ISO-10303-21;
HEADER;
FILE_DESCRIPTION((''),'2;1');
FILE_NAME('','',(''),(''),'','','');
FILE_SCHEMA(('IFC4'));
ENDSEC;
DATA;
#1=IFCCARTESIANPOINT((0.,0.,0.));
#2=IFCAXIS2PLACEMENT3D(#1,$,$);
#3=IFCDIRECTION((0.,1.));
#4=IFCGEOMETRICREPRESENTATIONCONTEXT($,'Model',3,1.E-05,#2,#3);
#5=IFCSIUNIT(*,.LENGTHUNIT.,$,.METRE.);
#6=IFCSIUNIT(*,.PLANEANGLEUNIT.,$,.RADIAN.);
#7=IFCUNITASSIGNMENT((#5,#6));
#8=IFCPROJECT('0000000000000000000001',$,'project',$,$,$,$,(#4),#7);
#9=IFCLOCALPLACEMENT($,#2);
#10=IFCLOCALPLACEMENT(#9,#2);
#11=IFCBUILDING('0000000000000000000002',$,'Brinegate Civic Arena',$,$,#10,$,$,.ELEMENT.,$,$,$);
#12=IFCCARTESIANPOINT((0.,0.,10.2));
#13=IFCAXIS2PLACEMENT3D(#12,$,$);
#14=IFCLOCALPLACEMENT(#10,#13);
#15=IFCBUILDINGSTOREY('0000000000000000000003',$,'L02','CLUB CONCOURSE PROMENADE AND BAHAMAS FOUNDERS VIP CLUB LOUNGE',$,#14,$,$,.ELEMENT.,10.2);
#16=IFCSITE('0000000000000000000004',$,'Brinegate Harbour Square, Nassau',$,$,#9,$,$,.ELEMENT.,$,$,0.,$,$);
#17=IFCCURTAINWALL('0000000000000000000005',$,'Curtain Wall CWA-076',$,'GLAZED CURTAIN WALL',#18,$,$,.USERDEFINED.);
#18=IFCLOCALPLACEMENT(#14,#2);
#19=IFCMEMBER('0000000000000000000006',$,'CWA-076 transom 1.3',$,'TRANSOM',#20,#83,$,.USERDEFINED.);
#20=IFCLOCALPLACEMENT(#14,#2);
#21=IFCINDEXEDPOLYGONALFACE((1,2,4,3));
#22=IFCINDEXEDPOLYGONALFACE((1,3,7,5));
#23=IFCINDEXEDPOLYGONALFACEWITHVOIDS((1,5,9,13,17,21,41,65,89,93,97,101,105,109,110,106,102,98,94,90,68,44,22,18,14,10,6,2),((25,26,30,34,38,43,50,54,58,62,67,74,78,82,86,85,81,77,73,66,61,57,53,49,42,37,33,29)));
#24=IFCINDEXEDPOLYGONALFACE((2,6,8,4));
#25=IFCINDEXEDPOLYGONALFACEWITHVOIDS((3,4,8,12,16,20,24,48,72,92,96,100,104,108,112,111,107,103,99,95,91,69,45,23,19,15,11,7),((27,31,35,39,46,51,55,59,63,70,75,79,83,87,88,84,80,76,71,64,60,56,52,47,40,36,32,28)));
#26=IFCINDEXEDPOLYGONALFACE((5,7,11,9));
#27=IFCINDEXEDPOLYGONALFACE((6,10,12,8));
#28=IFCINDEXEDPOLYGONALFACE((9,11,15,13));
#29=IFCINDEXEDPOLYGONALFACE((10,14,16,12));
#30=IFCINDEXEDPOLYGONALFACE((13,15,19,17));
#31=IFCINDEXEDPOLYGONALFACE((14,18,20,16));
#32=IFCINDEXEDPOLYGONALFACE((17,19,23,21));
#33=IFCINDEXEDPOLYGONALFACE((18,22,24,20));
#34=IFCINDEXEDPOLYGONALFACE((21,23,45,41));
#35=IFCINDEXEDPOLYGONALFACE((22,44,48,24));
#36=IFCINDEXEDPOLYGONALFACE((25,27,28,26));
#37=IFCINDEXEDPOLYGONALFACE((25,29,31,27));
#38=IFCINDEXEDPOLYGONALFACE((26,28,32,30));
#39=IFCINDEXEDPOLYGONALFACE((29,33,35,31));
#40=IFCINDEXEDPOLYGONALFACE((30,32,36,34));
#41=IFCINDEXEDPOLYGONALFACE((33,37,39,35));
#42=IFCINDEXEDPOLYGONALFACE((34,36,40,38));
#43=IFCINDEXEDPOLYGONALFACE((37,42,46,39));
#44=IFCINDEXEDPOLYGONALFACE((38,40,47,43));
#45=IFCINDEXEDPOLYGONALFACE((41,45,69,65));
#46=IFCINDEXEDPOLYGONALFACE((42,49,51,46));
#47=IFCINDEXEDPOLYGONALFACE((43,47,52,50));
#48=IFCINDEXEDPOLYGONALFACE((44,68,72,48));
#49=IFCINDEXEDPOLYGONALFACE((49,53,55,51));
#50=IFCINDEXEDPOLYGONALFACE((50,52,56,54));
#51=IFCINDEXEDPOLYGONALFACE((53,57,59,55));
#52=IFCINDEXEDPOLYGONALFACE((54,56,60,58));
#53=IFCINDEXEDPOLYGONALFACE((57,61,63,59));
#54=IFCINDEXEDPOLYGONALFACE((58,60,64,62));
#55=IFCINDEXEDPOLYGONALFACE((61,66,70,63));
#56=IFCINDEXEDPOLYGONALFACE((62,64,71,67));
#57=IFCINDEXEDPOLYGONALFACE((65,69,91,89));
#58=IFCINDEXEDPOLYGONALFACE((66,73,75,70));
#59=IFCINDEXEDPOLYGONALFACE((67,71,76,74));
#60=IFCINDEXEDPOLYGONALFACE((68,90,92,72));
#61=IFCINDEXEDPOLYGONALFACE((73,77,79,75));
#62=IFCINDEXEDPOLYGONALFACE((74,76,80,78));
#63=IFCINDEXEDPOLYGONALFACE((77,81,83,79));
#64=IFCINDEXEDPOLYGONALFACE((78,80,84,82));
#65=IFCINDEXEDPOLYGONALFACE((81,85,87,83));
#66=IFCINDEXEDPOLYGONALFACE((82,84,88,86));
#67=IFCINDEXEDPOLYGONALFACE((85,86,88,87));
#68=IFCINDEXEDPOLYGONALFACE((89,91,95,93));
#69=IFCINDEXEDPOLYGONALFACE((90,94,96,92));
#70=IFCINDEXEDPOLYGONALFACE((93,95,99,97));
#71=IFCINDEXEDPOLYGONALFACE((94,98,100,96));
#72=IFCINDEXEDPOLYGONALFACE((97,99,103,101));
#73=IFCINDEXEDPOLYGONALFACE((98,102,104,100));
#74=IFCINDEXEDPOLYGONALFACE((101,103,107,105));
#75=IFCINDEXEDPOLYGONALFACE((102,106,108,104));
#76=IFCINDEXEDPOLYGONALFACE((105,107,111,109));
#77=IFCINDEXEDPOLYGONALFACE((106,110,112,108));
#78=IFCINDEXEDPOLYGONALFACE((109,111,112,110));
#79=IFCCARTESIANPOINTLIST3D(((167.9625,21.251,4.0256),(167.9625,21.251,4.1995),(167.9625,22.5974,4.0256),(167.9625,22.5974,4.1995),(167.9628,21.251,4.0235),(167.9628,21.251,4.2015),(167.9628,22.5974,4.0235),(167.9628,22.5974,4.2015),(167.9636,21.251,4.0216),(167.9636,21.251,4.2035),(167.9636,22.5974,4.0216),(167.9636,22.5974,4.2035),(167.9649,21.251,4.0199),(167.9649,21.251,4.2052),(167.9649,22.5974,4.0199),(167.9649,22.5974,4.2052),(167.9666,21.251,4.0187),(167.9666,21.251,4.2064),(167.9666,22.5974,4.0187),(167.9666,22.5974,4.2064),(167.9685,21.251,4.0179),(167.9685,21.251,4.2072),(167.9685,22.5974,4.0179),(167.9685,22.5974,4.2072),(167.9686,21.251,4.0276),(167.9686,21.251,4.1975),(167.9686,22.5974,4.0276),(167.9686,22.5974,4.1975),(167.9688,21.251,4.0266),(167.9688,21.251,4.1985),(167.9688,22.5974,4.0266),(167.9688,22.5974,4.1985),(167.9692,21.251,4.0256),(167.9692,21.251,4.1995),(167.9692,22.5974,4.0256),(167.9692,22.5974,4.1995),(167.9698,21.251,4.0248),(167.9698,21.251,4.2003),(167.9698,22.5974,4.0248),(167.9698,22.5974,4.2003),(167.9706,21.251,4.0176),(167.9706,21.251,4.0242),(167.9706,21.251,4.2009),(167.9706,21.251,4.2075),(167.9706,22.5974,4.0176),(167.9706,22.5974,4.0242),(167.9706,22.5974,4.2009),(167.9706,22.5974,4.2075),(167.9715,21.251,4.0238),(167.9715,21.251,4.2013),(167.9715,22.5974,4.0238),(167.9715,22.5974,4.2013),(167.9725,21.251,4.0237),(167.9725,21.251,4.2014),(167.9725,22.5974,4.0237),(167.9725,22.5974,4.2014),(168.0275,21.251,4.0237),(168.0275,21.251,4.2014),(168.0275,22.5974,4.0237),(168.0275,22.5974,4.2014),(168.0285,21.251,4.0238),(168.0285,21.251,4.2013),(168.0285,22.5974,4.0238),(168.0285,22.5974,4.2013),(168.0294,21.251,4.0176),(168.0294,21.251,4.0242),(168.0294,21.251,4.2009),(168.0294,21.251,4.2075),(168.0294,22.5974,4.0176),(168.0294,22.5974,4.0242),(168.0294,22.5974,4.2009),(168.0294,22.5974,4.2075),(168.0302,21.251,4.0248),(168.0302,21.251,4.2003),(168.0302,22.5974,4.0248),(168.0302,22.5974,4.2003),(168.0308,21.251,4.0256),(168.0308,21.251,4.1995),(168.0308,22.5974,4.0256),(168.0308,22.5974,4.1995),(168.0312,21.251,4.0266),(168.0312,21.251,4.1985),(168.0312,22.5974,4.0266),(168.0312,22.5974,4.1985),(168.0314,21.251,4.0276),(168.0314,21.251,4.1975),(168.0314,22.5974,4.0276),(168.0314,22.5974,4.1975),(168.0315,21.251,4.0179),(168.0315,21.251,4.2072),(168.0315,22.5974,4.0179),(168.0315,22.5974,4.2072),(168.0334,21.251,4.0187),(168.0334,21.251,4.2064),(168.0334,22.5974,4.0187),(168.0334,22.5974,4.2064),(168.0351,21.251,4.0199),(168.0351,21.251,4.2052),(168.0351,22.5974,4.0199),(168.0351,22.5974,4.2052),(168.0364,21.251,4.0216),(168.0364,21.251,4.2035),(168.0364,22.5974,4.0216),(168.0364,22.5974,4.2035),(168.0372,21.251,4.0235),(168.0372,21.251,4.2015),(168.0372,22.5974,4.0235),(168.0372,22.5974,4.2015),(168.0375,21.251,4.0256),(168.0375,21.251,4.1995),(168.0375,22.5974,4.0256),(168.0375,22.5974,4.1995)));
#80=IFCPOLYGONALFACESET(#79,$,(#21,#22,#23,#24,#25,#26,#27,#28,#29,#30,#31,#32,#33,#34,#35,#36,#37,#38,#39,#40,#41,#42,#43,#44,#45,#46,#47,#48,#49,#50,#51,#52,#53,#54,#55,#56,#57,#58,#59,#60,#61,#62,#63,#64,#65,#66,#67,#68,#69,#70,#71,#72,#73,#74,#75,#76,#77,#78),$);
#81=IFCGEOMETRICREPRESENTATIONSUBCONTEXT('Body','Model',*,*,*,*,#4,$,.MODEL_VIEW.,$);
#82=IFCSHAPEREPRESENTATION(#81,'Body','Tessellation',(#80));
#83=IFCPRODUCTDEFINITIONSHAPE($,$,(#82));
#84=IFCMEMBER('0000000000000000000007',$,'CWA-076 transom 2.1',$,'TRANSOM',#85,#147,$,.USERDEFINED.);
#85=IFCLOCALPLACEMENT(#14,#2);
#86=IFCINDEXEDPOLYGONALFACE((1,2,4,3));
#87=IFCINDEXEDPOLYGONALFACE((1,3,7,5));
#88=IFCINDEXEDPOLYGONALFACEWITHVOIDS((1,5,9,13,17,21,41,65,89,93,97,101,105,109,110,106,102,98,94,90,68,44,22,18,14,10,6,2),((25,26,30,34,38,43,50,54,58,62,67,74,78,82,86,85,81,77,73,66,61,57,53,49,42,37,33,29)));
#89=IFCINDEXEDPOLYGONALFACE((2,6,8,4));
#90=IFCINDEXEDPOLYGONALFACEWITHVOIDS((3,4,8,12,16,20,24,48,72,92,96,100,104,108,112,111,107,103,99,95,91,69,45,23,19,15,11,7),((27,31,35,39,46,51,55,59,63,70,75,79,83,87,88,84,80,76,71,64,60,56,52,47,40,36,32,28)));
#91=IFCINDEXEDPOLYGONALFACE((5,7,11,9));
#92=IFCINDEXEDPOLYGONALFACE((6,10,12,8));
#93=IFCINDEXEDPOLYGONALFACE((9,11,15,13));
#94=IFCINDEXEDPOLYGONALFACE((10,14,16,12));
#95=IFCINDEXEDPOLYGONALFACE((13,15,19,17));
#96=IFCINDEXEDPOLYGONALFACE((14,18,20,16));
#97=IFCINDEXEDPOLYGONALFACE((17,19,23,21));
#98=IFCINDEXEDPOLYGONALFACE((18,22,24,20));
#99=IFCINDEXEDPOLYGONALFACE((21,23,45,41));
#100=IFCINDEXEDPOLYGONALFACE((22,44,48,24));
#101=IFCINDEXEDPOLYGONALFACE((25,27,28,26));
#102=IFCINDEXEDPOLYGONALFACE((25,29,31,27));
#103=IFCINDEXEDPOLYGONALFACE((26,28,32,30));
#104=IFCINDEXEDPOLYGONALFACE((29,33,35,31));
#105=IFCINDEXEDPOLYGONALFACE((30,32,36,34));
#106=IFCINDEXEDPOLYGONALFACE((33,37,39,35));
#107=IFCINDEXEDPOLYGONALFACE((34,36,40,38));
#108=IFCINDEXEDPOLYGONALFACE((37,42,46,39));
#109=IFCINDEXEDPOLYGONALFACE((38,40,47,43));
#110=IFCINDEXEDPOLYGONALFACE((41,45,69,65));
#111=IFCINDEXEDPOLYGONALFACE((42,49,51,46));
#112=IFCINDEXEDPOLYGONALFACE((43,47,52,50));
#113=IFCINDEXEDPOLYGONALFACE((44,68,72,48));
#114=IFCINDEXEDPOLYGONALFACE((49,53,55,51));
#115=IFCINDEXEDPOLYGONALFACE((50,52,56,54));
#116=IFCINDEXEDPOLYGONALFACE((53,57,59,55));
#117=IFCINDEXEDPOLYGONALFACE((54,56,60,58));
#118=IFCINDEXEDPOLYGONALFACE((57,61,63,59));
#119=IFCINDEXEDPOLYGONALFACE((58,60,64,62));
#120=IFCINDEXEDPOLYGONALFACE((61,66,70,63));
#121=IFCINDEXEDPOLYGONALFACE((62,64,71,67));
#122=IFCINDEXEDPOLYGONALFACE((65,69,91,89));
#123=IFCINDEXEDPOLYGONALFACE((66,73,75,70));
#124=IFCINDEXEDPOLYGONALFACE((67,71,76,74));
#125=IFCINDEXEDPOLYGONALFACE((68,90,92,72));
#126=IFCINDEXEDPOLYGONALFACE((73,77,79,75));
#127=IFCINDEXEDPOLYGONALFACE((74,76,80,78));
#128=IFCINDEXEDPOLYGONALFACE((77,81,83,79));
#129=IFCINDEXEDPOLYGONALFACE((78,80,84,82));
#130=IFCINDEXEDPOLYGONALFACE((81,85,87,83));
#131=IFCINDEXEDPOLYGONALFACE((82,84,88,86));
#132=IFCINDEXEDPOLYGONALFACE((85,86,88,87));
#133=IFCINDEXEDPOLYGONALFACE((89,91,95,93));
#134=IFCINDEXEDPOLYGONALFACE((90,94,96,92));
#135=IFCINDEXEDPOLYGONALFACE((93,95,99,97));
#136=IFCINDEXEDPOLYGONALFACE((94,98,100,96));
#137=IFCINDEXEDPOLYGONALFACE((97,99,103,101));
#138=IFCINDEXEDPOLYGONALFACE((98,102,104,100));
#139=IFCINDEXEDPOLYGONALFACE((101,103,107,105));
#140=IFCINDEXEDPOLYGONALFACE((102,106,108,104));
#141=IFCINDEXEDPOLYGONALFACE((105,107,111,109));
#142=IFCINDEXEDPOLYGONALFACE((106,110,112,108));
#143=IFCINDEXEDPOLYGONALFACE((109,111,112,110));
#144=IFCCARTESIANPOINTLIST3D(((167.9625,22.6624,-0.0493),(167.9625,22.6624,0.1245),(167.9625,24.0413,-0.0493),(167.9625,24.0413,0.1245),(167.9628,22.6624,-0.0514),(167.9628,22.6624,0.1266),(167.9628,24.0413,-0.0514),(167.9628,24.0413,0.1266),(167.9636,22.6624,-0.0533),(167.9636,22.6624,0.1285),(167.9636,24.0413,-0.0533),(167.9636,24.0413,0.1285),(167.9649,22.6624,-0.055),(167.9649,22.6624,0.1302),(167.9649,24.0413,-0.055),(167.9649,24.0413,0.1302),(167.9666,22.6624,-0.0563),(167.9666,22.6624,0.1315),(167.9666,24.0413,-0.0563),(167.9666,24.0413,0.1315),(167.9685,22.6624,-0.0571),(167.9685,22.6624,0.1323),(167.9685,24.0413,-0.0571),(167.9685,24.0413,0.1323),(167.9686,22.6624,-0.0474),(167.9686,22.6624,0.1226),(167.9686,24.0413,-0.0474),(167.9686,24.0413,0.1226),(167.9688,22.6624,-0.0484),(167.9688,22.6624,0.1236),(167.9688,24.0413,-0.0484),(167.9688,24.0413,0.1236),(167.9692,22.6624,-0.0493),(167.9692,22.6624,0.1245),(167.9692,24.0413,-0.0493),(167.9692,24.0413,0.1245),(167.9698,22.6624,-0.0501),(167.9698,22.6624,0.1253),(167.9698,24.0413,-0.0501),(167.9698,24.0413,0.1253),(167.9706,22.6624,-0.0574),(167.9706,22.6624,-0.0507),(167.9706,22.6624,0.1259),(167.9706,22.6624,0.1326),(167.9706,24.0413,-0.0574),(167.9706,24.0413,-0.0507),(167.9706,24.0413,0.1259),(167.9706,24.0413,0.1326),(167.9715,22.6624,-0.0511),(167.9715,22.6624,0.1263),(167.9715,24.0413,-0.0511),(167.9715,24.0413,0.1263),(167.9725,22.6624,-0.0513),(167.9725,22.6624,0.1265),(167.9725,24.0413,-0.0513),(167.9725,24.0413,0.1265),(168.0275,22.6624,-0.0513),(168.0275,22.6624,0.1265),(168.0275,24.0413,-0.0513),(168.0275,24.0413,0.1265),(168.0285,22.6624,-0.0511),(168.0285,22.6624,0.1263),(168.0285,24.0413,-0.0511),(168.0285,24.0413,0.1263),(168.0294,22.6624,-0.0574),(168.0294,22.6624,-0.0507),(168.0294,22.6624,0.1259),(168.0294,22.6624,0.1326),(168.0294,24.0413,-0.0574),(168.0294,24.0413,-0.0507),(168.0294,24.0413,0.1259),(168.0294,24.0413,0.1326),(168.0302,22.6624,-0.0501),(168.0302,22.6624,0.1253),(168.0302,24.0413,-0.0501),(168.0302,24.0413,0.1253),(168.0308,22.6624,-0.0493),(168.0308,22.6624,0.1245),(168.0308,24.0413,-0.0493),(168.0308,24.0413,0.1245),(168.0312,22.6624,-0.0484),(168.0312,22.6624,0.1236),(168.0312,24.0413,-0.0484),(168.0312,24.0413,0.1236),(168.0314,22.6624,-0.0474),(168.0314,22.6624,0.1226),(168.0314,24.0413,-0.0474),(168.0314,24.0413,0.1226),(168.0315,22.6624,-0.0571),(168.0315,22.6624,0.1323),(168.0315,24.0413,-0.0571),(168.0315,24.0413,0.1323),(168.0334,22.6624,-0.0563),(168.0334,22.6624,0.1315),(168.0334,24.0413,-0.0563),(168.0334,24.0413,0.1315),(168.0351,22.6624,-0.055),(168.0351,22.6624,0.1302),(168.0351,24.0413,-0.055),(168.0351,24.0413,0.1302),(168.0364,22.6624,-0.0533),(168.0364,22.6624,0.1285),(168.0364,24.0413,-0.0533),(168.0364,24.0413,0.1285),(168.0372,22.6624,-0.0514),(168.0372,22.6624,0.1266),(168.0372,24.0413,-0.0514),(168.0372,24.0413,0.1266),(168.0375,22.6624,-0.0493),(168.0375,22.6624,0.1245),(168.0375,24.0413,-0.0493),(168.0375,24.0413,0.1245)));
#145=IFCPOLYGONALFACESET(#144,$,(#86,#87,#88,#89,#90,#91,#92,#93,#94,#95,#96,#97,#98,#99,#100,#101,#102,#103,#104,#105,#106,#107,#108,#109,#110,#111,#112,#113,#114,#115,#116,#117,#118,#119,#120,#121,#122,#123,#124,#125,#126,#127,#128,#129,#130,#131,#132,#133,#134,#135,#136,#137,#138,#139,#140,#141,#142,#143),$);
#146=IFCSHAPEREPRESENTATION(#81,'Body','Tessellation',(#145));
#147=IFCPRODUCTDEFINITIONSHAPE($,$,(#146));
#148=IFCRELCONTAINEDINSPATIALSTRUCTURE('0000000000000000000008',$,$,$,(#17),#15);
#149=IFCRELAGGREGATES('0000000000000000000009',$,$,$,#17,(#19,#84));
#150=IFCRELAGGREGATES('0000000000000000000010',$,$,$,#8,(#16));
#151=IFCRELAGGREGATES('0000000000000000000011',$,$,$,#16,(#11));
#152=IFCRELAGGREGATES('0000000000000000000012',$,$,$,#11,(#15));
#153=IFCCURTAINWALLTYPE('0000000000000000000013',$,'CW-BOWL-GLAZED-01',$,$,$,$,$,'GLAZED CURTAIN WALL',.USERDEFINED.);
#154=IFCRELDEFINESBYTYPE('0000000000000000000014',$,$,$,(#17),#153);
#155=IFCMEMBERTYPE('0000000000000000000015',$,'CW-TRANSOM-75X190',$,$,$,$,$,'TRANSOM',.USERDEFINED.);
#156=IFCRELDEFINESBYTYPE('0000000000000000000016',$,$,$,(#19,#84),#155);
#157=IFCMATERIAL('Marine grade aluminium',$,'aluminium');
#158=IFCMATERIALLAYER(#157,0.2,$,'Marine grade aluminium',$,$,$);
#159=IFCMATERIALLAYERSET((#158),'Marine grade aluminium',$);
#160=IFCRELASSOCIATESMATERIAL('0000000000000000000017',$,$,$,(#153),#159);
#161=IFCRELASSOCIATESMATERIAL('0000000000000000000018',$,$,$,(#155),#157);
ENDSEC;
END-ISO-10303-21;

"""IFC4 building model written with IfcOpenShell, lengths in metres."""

from ifc_helpers import new_model, si_unit, direction, frame, origin, origin_2d, place, context, subcontext, project, spatial, hollow_rectangle, extrude, material, layer, layer_set, material_profile, profile_set, type_object, element, aggregate, save


model = new_model("IFC4")

# Units and contexts
model_context = context("Model", 3, precision=1e-05, world=origin(), true_north=direction((0.0, 1.0)))
body_context = subcontext(model_context, "Body", "Model", "MODEL_VIEW")
ifc_project = project(units=[si_unit("LENGTHUNIT", "METRE"), si_unit("PLANEANGLEUNIT", "RADIAN")], contexts=[model_context])

# Site, building, storey
site_placement = place(None, origin())
site = spatial("IfcSite", under=ifc_project, at=site_placement, Name="Brinegate Harbour Square, Nassau", CompositionType="ELEMENT", RefElevation=0.0)
building_placement = place(site_placement, origin())
building = spatial("IfcBuilding", under=site, at=building_placement, Name="Brinegate Civic Arena", CompositionType="ELEMENT")
storey_placement = place(building_placement, frame((0.0, 0.0, 10.2)))
storey = spatial("IfcBuildingStorey", under=building, at=storey_placement, Name="L02", Description="CLUB CONCOURSE PROMENADE AND BAHAMAS FOUNDERS VIP CLUB LOUNGE", CompositionType="ELEMENT", Elevation=10.2)

# Curtain wall, members
ifc_material_1 = material(Name="Marine grade aluminium", Category="aluminium")
ifc_layer_1 = layer(ifc_material_1, 0.2, Name="Marine grade aluminium")
ifc_layer_set_1 = layer_set([ifc_layer_1], Name="Marine grade aluminium")
curtain_wall_type = type_object("IfcCurtainWallType", Name="CW-BOWL-GLAZED-01", ElementType="GLAZED CURTAIN WALL", PredefinedType="USERDEFINED", material=ifc_layer_set_1)
curtain_wall_placement = place(storey_placement, origin())
curtain_wall = element("IfcCurtainWall", 1, at=curtain_wall_placement, inside=storey, type_object=curtain_wall_type, Name="Curtain Wall CWA-076", ObjectType="GLAZED CURTAIN WALL", PredefinedType="USERDEFINED")
ifc_material_profile_1 = material_profile(ifc_material_1, hollow_rectangle(XDim=0.075, YDim=0.1899, WallThickness=0.0061, InnerFilletRadius=0.0039, OuterFilletRadius=0.0081, at=origin_2d()), Name="TRN75X190")
ifc_profile_set_1 = profile_set([ifc_material_profile_1], Name="Marine grade aluminium")
member_type_1 = type_object("IfcMemberType", Name="CW-TRANSOM-75X190", ElementType="TRANSOM", PredefinedType="USERDEFINED", material=ifc_profile_set_1)
member_1_placement = place(storey_placement, frame((168.0, 21.251, 4.1125), z_axis=(0.0, 1.0, 0.0), x_axis=(-1.0, 0.0, 0.0)))
member_1 = element("IfcMember", 2, at=member_1_placement, type_object=member_type_1, Name="CWA-076 transom 1.3", ObjectType="TRANSOM", PredefinedType="USERDEFINED", context=body_context, shape_type="SweptSolid", body=[
    extrude(hollow_rectangle(XDim=0.075, YDim=0.1899, WallThickness=0.0061, InnerFilletRadius=0.0039, OuterFilletRadius=0.0081, at=origin_2d()), origin(), (0.0, 0.0, 1.0), 1.3464),
])
member_2_placement = place(storey_placement, frame((168.0, 22.6624, 0.0376), z_axis=(0.0, 1.0, 0.0), x_axis=(-1.0, 0.0, 0.0)))
member_2 = element("IfcMember", 3, at=member_2_placement, type_object=member_type_1, Name="CWA-076 transom 2.1", ObjectType="TRANSOM", PredefinedType="USERDEFINED", context=body_context, shape_type="SweptSolid", body=[
    extrude(hollow_rectangle(XDim=0.075, YDim=0.1899, WallThickness=0.0061, InnerFilletRadius=0.0039, OuterFilletRadius=0.0081, at=origin_2d()), origin(), (0.0, 0.0, 1.0), 1.3789),
])

aggregate(curtain_wall, [member_1, member_2])

save(model, "model.ifc")
